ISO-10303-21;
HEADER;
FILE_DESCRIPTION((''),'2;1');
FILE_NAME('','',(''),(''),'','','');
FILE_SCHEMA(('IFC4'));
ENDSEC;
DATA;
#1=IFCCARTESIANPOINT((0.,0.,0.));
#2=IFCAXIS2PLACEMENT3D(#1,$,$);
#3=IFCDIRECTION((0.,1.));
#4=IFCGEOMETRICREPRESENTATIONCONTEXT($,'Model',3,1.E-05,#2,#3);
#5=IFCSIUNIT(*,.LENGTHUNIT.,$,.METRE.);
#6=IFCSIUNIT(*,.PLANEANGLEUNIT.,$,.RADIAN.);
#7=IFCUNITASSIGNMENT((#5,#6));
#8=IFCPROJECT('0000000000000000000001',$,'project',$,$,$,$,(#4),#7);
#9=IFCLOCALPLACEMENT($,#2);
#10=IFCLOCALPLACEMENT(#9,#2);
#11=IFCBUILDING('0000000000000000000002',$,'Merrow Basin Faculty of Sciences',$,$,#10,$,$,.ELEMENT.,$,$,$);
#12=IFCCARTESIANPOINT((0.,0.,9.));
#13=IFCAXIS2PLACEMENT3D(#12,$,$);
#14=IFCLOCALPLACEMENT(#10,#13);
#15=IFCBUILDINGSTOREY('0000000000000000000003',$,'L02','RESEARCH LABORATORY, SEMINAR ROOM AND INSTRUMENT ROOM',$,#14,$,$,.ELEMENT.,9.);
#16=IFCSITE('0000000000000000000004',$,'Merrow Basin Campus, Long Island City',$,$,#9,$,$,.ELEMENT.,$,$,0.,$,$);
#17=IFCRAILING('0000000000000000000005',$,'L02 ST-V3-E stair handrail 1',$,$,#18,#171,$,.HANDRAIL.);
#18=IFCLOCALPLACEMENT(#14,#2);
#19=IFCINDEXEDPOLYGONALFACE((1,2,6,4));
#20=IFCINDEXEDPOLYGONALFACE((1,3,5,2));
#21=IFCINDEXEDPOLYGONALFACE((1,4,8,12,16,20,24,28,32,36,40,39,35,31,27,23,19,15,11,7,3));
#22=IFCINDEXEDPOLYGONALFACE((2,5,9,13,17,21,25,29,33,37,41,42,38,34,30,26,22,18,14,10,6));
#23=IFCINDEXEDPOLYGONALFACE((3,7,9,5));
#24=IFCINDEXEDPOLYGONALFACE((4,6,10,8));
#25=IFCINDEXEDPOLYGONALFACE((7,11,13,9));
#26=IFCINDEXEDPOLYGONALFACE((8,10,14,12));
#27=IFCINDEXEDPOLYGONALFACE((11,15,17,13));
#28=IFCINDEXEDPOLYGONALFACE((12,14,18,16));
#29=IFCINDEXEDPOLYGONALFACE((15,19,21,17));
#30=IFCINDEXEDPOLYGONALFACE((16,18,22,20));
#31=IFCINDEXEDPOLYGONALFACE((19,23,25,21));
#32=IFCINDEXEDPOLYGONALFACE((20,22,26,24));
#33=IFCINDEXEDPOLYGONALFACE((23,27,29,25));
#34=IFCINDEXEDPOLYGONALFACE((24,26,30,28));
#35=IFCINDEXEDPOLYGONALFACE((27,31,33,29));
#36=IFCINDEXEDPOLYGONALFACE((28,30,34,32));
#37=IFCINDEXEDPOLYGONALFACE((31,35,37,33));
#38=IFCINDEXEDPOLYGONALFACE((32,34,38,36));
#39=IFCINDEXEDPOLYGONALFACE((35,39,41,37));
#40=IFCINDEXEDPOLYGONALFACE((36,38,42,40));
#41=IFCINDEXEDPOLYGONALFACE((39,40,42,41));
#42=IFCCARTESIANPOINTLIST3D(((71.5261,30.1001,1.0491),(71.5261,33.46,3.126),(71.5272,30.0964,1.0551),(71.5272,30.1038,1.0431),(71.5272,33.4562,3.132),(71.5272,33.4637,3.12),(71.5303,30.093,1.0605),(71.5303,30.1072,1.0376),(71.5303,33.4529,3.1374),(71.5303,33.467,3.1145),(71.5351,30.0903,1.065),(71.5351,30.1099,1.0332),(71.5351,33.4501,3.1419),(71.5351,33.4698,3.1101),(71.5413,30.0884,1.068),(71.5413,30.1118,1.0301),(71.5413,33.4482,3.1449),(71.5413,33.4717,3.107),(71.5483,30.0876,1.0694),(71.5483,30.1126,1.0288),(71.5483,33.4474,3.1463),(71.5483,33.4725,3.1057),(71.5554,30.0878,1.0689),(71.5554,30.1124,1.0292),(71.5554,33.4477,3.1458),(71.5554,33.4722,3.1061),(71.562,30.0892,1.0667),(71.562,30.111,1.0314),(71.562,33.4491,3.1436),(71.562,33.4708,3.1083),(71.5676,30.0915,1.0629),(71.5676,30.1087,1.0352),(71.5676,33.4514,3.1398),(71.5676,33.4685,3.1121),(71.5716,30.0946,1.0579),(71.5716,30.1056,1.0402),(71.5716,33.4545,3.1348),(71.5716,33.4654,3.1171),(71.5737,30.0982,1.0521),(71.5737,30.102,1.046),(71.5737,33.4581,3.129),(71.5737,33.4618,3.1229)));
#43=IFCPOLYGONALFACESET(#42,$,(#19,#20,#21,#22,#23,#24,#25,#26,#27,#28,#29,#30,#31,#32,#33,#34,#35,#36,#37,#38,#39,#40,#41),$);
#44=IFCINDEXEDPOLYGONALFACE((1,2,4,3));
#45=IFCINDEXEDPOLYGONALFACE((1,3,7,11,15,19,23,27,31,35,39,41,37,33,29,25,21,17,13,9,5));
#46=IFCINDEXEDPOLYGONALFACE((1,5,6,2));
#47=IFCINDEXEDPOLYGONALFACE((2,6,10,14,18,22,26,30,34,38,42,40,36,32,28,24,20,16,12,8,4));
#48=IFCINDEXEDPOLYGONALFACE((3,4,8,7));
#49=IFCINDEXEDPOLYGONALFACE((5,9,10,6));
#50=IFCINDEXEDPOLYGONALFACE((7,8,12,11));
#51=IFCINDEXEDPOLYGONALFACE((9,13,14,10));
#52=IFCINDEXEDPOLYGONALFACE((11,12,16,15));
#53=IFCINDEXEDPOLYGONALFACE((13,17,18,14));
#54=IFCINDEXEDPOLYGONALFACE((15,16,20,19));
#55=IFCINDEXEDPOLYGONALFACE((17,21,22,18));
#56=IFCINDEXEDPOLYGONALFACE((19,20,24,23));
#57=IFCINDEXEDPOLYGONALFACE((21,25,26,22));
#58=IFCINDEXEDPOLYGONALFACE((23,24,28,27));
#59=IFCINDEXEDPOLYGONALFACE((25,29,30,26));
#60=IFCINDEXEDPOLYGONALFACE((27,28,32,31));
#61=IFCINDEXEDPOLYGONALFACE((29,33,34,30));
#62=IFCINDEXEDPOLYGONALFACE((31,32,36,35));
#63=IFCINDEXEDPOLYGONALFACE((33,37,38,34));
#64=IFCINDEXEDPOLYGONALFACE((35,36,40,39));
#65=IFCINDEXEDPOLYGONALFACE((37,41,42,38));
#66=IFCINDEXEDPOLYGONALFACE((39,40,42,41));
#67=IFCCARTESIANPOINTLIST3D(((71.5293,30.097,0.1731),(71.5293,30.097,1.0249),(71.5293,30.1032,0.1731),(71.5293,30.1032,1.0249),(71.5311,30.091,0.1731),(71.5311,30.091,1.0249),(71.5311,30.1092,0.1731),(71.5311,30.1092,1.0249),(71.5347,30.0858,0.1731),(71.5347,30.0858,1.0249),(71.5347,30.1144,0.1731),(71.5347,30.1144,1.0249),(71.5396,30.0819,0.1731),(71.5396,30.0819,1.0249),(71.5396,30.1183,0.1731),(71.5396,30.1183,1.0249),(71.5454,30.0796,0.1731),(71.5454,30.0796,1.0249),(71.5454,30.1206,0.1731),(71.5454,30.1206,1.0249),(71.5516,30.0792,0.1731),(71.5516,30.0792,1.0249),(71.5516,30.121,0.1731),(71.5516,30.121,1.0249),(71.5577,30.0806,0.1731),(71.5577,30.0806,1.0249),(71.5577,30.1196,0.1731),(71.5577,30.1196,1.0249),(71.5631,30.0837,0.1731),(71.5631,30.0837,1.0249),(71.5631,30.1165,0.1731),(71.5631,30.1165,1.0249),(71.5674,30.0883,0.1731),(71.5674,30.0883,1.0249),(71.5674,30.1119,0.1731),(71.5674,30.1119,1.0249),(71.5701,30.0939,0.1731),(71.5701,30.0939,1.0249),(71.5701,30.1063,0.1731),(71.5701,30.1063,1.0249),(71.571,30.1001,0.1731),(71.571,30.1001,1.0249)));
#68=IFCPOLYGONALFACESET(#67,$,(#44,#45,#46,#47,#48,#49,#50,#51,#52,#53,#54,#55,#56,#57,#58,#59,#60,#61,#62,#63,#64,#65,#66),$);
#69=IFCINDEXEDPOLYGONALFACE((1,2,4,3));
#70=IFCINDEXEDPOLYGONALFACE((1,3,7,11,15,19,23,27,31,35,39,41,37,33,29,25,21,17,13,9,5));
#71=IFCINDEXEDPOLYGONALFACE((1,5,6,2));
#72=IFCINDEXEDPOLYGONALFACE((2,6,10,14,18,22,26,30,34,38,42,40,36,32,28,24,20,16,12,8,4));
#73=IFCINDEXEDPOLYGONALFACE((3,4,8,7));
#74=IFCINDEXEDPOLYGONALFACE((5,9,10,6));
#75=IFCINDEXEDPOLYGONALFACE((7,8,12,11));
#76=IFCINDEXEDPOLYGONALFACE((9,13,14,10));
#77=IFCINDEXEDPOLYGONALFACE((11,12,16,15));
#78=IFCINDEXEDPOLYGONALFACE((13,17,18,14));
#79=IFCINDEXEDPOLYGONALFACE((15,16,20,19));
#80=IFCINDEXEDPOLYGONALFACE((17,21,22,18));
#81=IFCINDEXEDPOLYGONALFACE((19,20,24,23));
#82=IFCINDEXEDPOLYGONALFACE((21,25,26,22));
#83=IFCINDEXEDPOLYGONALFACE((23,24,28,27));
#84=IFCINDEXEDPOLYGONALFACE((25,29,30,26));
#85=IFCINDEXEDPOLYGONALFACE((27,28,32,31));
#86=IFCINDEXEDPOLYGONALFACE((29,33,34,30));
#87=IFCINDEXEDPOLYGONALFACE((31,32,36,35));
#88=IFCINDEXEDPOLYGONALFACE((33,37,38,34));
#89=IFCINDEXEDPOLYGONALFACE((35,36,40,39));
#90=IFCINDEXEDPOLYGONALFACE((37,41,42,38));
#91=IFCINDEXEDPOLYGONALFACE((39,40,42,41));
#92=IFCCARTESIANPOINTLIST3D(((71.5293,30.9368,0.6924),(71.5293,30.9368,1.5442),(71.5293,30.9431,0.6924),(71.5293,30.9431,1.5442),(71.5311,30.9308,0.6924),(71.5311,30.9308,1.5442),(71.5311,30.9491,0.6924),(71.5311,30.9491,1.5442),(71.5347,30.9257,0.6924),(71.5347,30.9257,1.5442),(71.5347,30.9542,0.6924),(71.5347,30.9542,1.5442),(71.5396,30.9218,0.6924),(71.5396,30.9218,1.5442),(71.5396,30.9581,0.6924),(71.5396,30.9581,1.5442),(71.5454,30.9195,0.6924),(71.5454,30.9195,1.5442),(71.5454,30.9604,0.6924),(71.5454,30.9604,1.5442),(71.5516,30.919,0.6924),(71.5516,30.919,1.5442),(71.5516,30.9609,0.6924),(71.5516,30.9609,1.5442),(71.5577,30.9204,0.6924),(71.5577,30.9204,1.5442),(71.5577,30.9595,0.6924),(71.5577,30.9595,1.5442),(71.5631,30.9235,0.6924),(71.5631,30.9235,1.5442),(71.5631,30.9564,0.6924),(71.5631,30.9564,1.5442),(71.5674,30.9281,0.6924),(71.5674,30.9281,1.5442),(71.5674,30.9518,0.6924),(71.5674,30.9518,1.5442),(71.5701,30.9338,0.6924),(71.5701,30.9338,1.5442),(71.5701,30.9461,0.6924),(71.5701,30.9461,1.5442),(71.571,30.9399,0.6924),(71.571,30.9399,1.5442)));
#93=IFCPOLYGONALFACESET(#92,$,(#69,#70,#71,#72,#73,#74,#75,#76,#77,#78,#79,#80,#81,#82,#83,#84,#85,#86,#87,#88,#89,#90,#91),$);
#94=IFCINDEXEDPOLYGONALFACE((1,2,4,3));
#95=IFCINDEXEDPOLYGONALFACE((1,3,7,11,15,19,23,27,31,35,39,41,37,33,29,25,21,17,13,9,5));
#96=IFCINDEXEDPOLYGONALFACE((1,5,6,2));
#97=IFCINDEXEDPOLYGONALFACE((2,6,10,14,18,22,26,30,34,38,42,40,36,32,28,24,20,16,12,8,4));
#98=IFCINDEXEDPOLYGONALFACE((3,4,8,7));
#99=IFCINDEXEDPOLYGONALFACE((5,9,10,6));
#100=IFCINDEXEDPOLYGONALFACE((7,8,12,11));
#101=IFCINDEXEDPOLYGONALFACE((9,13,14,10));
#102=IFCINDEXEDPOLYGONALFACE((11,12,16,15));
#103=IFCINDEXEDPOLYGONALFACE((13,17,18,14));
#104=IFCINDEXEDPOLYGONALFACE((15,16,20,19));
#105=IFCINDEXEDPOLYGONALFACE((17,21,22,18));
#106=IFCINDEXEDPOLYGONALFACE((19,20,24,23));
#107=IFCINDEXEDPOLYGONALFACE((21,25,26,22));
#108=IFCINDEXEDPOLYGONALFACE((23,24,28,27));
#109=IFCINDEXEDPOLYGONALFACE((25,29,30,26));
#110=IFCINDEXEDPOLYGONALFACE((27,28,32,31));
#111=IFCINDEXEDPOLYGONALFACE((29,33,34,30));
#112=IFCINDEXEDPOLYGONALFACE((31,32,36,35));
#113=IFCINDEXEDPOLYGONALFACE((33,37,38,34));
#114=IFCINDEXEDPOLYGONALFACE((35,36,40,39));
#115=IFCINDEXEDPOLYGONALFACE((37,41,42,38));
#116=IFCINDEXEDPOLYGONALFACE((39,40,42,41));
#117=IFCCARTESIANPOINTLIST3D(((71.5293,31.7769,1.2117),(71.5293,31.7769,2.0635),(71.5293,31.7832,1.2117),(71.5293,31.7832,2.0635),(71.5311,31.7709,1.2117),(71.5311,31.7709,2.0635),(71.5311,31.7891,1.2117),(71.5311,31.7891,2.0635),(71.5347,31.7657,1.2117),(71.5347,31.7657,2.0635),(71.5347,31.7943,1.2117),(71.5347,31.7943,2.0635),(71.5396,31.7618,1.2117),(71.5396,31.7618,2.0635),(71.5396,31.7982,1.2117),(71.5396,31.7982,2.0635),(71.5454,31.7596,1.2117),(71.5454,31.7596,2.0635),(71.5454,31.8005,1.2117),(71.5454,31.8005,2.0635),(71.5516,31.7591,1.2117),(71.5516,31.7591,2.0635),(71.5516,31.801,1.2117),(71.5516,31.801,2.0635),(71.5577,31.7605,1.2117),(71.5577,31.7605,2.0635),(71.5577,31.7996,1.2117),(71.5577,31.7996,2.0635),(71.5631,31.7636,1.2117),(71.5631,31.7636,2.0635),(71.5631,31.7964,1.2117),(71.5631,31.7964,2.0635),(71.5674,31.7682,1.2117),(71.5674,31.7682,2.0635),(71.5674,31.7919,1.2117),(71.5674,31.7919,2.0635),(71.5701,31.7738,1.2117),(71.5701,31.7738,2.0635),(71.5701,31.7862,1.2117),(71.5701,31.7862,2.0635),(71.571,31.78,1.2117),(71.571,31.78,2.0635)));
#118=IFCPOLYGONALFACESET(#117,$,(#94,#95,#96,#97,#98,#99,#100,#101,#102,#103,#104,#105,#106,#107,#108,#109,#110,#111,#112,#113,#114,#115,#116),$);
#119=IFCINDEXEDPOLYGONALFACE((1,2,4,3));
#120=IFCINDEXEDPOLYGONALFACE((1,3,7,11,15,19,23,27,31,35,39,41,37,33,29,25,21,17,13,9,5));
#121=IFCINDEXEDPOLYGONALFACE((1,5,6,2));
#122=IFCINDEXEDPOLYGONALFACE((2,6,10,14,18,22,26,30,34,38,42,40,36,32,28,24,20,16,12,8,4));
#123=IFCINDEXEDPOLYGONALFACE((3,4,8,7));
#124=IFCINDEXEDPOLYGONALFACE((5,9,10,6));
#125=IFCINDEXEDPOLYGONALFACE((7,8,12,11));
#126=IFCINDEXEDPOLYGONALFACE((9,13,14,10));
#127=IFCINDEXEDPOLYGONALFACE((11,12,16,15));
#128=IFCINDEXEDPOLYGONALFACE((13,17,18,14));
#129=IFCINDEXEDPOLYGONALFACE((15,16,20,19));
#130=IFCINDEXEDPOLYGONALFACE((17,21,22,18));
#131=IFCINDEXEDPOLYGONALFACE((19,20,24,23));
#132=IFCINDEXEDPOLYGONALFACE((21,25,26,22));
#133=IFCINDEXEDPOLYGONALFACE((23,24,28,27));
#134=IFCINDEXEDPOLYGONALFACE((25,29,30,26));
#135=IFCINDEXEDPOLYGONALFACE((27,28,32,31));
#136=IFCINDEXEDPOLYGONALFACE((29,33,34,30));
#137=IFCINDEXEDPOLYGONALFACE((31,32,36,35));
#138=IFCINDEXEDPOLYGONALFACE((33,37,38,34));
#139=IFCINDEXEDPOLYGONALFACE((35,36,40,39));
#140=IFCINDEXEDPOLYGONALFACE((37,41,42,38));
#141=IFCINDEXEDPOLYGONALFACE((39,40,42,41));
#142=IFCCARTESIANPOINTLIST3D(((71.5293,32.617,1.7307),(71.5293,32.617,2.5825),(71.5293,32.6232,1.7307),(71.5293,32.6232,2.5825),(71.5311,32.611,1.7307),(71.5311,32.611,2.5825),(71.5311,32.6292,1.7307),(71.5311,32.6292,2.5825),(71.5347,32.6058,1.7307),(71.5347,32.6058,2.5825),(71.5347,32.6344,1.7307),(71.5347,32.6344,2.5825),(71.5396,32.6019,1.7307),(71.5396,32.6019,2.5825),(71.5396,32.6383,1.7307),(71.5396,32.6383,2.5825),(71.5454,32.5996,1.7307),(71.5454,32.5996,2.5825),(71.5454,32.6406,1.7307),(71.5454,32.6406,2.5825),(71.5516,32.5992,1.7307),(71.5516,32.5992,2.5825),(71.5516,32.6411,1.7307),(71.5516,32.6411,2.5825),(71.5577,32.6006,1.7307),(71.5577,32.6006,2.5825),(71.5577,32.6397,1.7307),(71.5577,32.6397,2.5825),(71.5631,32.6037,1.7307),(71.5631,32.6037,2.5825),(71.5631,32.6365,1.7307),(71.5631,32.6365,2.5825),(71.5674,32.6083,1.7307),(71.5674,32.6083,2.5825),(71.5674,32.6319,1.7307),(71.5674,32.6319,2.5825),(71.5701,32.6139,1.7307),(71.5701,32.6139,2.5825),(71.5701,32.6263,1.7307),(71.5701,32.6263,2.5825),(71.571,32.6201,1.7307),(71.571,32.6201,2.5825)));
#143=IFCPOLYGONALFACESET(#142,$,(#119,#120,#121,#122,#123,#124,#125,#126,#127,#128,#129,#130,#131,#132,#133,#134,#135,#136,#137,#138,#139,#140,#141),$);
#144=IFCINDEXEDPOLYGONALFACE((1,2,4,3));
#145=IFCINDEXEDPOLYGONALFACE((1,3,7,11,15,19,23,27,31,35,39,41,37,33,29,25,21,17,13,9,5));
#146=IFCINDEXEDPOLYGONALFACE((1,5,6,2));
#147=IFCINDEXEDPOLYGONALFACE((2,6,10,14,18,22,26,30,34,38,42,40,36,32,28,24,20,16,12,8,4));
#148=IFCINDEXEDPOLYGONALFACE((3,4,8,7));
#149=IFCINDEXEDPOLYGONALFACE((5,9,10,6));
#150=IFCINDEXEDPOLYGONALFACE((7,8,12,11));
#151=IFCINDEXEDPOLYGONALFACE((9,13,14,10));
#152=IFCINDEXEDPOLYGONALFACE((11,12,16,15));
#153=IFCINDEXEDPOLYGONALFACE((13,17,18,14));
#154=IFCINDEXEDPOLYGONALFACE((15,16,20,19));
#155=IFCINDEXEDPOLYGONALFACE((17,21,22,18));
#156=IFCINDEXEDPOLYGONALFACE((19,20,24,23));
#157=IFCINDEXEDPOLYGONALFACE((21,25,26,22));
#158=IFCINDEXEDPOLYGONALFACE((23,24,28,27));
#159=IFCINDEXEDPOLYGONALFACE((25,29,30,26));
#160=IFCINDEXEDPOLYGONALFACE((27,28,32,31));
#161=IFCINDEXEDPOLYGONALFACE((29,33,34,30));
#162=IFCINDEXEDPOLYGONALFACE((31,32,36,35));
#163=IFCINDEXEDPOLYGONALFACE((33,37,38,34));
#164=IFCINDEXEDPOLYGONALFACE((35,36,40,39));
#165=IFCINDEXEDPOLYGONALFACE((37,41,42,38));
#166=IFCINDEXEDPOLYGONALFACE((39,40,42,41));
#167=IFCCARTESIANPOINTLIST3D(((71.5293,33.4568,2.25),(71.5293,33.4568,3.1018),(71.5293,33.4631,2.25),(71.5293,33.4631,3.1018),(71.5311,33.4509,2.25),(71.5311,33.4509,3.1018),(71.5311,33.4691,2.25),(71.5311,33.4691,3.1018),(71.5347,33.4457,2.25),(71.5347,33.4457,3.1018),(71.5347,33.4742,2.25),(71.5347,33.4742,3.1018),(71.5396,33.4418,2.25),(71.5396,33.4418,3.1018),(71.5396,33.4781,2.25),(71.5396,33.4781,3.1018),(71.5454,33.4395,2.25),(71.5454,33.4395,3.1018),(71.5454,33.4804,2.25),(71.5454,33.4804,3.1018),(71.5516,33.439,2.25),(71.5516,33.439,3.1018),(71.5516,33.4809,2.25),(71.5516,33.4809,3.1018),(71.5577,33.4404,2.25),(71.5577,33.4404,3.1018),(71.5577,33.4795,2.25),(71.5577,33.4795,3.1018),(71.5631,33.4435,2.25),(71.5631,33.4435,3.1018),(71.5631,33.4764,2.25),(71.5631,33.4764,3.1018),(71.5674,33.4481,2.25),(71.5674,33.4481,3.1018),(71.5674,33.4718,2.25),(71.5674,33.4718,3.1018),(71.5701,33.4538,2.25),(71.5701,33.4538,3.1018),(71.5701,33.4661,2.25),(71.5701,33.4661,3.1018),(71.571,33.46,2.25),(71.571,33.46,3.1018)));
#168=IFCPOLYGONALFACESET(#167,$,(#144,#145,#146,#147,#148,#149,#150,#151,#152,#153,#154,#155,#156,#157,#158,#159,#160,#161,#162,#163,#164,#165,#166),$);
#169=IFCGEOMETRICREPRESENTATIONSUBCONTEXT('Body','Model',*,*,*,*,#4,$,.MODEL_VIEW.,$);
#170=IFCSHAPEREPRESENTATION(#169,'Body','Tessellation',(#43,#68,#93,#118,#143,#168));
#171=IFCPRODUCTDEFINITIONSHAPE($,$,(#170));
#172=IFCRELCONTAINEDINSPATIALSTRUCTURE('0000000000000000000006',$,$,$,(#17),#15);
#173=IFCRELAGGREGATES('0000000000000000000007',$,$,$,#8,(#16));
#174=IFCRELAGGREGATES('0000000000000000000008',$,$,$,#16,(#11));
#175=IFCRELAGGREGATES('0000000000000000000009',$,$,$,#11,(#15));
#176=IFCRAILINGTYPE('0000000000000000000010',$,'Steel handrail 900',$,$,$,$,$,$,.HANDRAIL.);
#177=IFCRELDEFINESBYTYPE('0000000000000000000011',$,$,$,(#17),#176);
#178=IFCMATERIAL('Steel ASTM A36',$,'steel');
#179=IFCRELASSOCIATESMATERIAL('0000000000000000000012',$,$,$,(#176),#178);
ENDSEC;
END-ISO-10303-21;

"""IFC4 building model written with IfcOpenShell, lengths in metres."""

from ifc_helpers import new_model, si_unit, direction, frame, origin, origin_2d, place, context, subcontext, project, spatial, circle, extrude, material, type_object, element, save


model = new_model("IFC4")

# Units and contexts
model_context = context("Model", 3, precision=1e-05, world=origin(), true_north=direction((0.0, 1.0)))
body_context = subcontext(model_context, "Body", "Model", "MODEL_VIEW")
ifc_project = project(units=[si_unit("LENGTHUNIT", "METRE"), si_unit("PLANEANGLEUNIT", "RADIAN")], contexts=[model_context])

# Site, building, storey
site_placement = place(None, origin())
site = spatial("IfcSite", under=ifc_project, at=site_placement, Name="Merrow Basin Campus, Long Island City", CompositionType="ELEMENT", RefElevation=0.0)
building_placement = place(site_placement, origin())
building = spatial("IfcBuilding", under=site, at=building_placement, Name="Merrow Basin Faculty of Sciences", CompositionType="ELEMENT")
storey_placement = place(building_placement, frame((0.0, 0.0, 9.0)))
storey = spatial("IfcBuildingStorey", under=building, at=storey_placement, Name="L02", Description="RESEARCH LABORATORY, SEMINAR ROOM AND INSTRUMENT ROOM", CompositionType="ELEMENT", Elevation=9.0)

# Railing
ifc_material_1 = material(Name="Steel ASTM A36", Category="steel")
railing_type_1 = type_object("IfcRailingType", Name="Steel handrail 900", PredefinedType="HANDRAIL", material=ifc_material_1)
railing_1_placement = place(storey_placement, frame((71.55, 30.1001, 0.1731)))
element("IfcRailing", 1, at=railing_1_placement, inside=storey, type_object=railing_type_1, Name="L02 ST-V3-E stair handrail 1", PredefinedType="HANDRAIL", context=body_context, shape_type="SweptSolid", body=[
    extrude(circle(Radius=0.0239, at=origin_2d()), frame((0.0, 0.0, 0.876), z_axis=(0.0, 0.850606, 0.525803), x_axis=(-1.0, 0.0, 0.0)), (0.0, 0.0, 1.0), 3.95),
    extrude(circle(Radius=0.021, at=origin_2d()), origin(), (0.0, 0.0, 1.0), 0.8518),
    extrude(circle(Radius=0.021, at=origin_2d()), frame((0.0, 0.8398, 0.5193)), (0.0, 0.0, 1.0), 0.8518),
    extrude(circle(Radius=0.021, at=origin_2d()), frame((0.0, 1.6799, 1.0386)), (0.0, 0.0, 1.0), 0.8518),
    extrude(circle(Radius=0.021, at=origin_2d()), frame((0.0, 2.52, 1.5576)), (0.0, 0.0, 1.0), 0.8518),
    extrude(circle(Radius=0.021, at=origin_2d()), frame((0.0, 3.3599, 2.0769)), (0.0, 0.0, 1.0), 0.8518),
])

save(model, "model.ifc")
